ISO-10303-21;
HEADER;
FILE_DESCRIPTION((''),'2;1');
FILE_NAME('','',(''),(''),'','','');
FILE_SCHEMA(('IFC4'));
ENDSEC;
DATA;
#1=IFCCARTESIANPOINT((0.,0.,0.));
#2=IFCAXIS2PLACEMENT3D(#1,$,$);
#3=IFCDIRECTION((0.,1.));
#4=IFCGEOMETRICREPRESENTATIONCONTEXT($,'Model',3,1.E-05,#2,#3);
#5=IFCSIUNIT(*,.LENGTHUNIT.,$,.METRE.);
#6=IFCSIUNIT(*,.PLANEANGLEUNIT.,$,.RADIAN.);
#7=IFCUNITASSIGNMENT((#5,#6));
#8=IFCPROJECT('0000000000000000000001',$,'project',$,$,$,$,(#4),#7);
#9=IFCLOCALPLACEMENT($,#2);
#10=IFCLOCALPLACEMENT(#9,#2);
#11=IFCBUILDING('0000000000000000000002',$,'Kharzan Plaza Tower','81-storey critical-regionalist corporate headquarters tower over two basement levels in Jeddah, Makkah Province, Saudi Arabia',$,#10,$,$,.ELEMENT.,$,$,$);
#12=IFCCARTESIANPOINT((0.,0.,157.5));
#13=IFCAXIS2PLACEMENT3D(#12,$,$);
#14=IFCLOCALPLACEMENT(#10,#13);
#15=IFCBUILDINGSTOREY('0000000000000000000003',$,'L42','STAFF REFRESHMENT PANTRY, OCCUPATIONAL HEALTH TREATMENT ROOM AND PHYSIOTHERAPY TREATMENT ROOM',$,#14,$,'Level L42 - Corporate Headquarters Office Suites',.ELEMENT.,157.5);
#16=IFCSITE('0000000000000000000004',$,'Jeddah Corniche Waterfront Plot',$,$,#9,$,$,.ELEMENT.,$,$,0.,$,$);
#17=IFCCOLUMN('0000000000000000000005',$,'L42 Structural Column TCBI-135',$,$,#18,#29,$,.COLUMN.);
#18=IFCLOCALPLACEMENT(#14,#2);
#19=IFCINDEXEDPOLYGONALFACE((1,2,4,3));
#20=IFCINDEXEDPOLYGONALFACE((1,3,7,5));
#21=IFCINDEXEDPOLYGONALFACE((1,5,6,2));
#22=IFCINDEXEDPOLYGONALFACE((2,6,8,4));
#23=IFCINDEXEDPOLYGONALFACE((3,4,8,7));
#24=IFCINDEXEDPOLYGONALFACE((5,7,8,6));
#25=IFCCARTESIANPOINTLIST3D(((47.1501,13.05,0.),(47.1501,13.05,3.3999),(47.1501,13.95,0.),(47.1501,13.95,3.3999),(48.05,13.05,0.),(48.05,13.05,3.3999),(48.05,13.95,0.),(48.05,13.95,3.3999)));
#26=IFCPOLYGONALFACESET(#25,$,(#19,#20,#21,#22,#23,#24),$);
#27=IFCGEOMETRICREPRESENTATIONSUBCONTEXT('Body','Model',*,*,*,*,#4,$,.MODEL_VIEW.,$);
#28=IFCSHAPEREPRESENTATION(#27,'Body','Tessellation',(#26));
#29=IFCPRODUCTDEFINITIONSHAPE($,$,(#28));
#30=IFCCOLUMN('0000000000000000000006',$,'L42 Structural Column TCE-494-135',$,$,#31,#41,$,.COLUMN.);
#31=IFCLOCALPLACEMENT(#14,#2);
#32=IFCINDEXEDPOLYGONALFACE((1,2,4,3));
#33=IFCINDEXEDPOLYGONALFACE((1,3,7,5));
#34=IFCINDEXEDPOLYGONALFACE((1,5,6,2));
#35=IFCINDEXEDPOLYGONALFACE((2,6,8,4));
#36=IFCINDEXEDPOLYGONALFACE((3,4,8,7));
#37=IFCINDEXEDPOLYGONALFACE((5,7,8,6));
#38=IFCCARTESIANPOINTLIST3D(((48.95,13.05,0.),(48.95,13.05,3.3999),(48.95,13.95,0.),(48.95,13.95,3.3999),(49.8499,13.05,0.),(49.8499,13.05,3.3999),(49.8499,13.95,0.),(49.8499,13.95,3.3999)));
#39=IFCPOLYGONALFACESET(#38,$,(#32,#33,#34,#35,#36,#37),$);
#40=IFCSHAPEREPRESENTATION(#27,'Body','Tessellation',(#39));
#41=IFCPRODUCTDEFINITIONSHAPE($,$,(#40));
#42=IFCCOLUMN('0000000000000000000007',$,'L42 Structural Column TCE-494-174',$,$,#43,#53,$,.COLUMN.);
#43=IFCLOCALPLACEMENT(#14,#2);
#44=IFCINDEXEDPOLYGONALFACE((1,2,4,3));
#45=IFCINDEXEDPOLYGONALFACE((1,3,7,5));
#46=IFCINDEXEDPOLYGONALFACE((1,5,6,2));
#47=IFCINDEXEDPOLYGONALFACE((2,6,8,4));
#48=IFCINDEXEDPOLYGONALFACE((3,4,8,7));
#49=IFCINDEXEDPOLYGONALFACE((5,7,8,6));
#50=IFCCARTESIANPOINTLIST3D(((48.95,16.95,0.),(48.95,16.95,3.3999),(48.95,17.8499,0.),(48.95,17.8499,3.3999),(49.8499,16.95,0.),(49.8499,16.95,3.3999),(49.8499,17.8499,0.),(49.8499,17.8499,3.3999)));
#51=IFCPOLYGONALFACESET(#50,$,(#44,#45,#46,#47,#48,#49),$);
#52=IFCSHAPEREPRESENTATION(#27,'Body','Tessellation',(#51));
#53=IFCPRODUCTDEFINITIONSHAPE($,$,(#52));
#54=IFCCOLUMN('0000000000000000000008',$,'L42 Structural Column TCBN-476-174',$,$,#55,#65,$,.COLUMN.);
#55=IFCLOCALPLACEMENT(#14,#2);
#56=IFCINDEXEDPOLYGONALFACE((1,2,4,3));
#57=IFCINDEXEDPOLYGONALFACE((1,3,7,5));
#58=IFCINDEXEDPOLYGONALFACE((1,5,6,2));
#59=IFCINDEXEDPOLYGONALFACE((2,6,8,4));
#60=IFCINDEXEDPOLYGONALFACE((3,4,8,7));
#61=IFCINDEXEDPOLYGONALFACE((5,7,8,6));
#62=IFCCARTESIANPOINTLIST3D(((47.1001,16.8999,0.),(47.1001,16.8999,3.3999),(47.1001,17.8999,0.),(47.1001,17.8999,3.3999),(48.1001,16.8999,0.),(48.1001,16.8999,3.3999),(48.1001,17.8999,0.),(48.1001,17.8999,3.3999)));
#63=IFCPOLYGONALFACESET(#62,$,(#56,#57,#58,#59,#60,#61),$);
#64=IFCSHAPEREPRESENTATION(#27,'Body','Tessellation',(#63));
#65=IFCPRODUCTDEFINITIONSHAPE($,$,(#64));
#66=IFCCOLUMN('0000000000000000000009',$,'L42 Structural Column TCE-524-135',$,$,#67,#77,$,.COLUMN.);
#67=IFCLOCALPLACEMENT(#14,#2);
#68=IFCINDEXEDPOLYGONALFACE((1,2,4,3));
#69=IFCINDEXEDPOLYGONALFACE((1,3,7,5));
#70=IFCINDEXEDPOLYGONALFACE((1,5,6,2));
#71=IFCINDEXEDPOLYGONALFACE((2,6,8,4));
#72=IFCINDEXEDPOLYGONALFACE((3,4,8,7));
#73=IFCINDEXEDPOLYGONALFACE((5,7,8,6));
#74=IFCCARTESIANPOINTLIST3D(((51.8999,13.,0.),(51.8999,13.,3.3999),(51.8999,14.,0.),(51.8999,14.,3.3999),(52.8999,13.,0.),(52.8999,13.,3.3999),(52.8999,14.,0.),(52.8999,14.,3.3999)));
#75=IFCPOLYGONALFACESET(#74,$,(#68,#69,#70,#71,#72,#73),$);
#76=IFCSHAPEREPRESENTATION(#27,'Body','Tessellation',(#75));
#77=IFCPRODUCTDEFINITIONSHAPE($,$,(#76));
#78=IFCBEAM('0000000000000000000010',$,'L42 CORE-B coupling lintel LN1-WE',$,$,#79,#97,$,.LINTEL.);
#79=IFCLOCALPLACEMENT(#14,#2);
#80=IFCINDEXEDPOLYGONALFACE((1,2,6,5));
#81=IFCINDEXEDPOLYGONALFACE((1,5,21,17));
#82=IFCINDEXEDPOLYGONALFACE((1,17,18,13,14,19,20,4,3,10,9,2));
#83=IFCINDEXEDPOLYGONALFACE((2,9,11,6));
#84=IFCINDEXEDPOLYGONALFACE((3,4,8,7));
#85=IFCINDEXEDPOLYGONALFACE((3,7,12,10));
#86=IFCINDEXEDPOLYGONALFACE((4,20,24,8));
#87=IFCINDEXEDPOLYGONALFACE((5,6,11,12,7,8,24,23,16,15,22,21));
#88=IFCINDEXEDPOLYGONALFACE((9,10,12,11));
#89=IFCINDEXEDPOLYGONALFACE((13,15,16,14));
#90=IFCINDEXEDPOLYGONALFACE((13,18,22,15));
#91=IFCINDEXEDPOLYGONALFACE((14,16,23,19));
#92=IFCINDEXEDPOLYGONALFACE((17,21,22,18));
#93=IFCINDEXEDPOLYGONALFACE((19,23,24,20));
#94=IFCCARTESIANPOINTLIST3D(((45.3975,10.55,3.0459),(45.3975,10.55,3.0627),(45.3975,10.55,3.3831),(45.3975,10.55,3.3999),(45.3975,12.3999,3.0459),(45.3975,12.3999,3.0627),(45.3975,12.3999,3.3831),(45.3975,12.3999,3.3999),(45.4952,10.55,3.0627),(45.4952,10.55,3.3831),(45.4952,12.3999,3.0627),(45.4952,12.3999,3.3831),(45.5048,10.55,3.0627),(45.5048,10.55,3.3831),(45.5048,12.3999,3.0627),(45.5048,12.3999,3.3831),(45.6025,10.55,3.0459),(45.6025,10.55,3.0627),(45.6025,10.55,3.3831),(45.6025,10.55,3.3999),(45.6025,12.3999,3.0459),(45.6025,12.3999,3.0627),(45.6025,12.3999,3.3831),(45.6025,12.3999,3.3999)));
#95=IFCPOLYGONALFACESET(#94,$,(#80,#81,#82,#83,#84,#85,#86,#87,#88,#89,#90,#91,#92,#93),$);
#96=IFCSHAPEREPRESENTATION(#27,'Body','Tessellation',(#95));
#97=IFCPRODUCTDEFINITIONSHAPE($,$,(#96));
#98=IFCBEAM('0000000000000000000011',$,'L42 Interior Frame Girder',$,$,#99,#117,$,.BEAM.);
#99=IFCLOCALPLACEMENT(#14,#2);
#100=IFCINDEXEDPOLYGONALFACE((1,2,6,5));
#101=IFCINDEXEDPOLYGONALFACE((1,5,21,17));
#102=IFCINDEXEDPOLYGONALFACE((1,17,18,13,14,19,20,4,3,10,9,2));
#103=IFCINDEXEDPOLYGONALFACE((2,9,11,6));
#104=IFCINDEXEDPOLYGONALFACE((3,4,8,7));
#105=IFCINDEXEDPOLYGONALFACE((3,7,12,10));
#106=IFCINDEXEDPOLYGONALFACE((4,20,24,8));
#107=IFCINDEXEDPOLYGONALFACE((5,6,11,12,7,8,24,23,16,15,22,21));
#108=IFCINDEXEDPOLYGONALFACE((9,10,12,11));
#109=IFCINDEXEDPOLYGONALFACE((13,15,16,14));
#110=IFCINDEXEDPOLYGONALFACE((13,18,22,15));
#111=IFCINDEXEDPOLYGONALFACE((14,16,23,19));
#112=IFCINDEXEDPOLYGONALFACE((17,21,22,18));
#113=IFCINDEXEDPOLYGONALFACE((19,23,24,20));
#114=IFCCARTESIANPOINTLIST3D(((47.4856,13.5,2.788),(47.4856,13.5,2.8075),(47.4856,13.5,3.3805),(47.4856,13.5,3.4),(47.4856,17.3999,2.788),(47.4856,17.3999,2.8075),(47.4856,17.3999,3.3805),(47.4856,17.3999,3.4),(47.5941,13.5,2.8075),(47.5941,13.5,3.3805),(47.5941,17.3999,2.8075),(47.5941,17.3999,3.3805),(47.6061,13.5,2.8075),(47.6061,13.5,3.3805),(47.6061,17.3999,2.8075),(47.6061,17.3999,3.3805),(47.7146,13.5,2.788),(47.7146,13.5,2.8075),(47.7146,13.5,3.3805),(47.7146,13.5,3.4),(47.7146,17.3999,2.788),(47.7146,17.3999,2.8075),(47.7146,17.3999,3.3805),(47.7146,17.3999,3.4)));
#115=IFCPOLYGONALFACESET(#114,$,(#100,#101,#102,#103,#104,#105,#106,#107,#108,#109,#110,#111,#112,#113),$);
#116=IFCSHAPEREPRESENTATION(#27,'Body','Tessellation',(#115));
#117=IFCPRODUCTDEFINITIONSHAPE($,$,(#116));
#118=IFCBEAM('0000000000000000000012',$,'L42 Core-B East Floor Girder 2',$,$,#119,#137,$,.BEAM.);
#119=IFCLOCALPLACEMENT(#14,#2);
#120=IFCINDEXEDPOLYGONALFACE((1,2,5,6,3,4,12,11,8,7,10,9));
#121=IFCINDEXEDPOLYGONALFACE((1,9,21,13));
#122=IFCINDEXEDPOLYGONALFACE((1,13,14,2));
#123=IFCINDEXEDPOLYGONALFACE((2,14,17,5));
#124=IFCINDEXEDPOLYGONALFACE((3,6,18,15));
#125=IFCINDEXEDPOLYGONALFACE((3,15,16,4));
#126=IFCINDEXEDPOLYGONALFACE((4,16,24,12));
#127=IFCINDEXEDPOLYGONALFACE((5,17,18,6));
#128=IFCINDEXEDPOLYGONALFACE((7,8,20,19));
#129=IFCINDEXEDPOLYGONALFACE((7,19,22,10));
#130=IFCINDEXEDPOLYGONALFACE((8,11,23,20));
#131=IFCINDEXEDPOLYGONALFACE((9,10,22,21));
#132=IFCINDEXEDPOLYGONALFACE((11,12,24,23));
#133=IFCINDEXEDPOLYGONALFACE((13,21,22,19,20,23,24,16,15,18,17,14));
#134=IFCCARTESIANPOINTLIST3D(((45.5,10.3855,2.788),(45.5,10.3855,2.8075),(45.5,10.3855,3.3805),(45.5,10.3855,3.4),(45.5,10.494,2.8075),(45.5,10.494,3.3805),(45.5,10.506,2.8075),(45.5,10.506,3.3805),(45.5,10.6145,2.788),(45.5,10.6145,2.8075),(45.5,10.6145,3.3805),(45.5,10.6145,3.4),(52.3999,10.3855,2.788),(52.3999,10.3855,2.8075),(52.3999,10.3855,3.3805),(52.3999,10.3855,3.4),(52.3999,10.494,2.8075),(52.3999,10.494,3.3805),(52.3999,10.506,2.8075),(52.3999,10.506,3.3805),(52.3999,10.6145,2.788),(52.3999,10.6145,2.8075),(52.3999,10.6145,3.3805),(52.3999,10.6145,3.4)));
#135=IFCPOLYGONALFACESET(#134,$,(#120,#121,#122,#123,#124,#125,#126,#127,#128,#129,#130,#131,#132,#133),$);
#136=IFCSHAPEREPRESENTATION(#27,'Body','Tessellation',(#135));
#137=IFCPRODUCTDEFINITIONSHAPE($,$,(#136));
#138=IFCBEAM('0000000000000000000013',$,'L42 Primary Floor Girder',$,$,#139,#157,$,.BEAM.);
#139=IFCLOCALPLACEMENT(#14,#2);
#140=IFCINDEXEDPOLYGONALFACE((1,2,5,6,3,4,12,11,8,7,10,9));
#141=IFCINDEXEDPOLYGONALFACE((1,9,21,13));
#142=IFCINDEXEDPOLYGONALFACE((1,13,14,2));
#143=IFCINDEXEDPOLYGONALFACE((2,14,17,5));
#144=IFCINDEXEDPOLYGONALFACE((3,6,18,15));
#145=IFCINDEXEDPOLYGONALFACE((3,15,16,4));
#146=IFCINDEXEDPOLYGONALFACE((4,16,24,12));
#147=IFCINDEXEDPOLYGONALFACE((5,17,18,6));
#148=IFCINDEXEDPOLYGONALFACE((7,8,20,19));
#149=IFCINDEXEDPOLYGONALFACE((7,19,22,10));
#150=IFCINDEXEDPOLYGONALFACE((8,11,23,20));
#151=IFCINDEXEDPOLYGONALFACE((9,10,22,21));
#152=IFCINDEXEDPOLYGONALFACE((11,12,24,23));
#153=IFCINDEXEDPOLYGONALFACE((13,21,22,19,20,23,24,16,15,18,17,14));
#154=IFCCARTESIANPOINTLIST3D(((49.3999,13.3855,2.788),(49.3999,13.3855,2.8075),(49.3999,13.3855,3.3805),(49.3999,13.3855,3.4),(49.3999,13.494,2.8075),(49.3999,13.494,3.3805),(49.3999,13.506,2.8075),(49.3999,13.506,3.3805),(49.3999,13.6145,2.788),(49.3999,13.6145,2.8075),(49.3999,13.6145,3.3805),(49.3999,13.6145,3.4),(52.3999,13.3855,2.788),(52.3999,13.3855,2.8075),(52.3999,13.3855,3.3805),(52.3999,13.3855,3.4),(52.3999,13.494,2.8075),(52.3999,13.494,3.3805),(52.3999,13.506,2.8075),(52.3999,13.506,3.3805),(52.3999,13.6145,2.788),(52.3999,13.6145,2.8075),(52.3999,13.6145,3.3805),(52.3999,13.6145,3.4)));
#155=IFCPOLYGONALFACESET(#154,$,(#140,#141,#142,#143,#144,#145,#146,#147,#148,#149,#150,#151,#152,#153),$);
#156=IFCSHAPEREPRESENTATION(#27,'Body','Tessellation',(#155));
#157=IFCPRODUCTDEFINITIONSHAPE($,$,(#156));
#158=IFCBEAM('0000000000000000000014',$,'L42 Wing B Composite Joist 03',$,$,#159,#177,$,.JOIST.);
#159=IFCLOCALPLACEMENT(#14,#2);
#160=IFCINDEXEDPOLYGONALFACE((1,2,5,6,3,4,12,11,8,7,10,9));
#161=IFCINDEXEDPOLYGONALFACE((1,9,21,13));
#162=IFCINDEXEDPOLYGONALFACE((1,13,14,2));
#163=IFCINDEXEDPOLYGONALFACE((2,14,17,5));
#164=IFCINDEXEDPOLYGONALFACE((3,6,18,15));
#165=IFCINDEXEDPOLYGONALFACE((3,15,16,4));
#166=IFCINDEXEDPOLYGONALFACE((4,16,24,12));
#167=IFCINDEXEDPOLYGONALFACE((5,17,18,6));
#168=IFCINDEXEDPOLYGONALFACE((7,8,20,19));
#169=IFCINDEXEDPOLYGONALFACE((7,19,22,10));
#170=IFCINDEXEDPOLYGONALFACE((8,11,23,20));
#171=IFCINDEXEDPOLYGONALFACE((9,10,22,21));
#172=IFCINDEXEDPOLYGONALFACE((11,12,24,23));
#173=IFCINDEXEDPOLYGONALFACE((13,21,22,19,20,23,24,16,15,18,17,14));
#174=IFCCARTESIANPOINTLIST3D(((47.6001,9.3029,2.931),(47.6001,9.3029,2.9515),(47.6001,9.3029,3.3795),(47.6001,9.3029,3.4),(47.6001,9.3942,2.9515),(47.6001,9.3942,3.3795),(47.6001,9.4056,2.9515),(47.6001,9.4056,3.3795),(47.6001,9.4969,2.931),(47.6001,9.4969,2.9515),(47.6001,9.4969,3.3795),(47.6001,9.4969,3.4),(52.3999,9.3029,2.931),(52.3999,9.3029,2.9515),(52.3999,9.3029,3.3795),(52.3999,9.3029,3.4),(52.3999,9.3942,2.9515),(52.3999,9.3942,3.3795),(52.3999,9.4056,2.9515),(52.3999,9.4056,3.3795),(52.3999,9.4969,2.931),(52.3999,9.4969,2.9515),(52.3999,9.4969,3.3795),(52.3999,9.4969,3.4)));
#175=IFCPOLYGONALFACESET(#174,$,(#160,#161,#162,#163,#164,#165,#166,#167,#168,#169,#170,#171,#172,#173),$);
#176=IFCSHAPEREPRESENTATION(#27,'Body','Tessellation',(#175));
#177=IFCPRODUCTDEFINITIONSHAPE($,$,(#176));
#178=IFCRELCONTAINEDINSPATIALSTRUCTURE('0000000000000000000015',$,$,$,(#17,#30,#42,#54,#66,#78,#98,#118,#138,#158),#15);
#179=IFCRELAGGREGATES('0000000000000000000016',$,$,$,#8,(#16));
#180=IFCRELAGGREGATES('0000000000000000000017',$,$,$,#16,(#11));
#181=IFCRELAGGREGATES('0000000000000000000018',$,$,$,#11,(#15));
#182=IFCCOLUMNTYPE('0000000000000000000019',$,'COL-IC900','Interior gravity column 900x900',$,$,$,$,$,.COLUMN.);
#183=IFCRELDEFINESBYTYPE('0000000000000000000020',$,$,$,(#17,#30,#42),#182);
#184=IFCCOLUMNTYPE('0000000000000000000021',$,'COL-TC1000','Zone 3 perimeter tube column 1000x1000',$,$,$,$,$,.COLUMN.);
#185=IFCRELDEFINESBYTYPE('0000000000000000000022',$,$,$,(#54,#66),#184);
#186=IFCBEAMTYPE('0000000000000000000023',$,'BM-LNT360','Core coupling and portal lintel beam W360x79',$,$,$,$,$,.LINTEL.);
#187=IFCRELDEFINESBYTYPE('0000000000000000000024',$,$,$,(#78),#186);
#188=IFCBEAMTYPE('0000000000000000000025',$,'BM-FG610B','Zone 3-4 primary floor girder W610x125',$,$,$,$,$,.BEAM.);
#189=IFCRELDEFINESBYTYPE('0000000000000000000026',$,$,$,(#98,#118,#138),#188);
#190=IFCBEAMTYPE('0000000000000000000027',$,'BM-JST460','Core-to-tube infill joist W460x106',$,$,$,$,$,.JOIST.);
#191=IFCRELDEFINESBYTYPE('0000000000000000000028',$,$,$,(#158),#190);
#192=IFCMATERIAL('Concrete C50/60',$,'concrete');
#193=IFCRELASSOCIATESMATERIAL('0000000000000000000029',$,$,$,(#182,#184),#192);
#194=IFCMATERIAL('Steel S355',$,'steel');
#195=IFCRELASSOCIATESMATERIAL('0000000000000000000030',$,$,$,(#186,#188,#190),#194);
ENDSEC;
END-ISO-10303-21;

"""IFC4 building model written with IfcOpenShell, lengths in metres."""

from ifc_helpers import new_model, si_unit, direction, frame, origin, origin_2d, place, context, subcontext, project, spatial, rectangle, i_section, extrude, source, transform, mapped, material, material_profile, profile_set, type_object, element, save


model = new_model("IFC4")

# Units and contexts
model_context = context("Model", 3, precision=1e-05, world=origin(), true_north=direction((0.0, 1.0)))
body_context = subcontext(model_context, "Body", "Model", "MODEL_VIEW")
ifc_project = project(units=[si_unit("LENGTHUNIT", "METRE"), si_unit("PLANEANGLEUNIT", "RADIAN")], contexts=[model_context])

# Site, building, storey
site_placement = place(None, origin())
site = spatial("IfcSite", under=ifc_project, at=site_placement, Name="Jeddah Corniche Waterfront Plot", CompositionType="ELEMENT", RefElevation=0.0)
building_placement = place(site_placement, origin())
building = spatial("IfcBuilding", under=site, at=building_placement, Name="Kharzan Plaza Tower", Description="81-storey critical-regionalist corporate headquarters tower over two basement levels in Jeddah, Makkah Province, Saudi Arabia", CompositionType="ELEMENT")
storey_placement = place(building_placement, frame((0.0, 0.0, 157.5)))
storey = spatial("IfcBuildingStorey", under=building, at=storey_placement, Name="L42", Description="STAFF REFRESHMENT PANTRY, OCCUPATIONAL HEALTH TREATMENT ROOM AND PHYSIOTHERAPY TREATMENT ROOM", LongName="Level L42 - Corporate Headquarters Office Suites", CompositionType="ELEMENT", Elevation=157.5)

# Columns
ifc_material_1 = material(Name="Concrete C50/60", Category="concrete")
ifc_material_profile_1 = material_profile(ifc_material_1, rectangle(XDim=0.8999, YDim=0.8999, at=origin_2d()), Name="RC-IC900x900")
ifc_profile_set_1 = profile_set([ifc_material_profile_1], Name="Concrete C50/60")
column_type_1 = type_object("IfcColumnType", Name="COL-IC900", Description="Interior gravity column 900x900", PredefinedType="COLUMN", material=ifc_profile_set_1)
shared_shape_1 = source(origin(), body_context, "Body", "SweptSolid", [
    extrude(rectangle(XDim=0.8999, YDim=0.8999, at=origin_2d()), origin(), (0.0, 0.0, 1.0), 3.3999),
])
for number, where, z_axis, x_axis, name in (
    (1, (47.6001, 13.5, 0.0), (0.0, 0.0, 1.0), (1.0, 0.0, 0.0), "L42 Structural Column TCBI-135"),
    (2, (49.3999, 13.5, 0.0), (0.0, 0.0, 1.0), (1.0, 0.0, 0.0), "L42 Structural Column TCE-494-135"),
    (3, (49.3999, 17.3999, 0.0), (0.0, 0.0, 1.0), (1.0, 0.0, 0.0), "L42 Structural Column TCE-494-174"),
):
    element("IfcColumn", number, at=place(storey_placement, frame(where, z_axis=z_axis, x_axis=x_axis)), inside=storey, type_object=column_type_1, Name=name, PredefinedType="COLUMN", context=body_context, shape_type="MappedRepresentation", body=[
        mapped(shared_shape_1, transform((0.0, 0.0, 0.0), x_axis=(1.0, 0.0, 0.0), y_axis=(0.0, 1.0, 0.0), z_axis=(0.0, 0.0, 1.0))),
    ])
ifc_material_profile_2 = material_profile(ifc_material_1, rectangle(XDim=1.0, YDim=1.0, at=origin_2d()), Name="RC-TC1000x1000")
ifc_profile_set_2 = profile_set([ifc_material_profile_2], Name="Concrete C50/60")
column_type_2 = type_object("IfcColumnType", Name="COL-TC1000", Description="Zone 3 perimeter tube column 1000x1000", PredefinedType="COLUMN", material=ifc_profile_set_2)
shared_shape_2 = source(origin(), body_context, "Body", "SweptSolid", [
    extrude(rectangle(XDim=1.0, YDim=1.0, at=origin_2d()), origin(), (0.0, 0.0, 1.0), 3.3999),
])
for number, where, z_axis, x_axis, name in (
    (4, (47.6001, 17.3999, 0.0), (0.0, 0.0, 1.0), (1.0, 0.0, 0.0), "L42 Structural Column TCBN-476-174"),
    (5, (52.3999, 13.5, 0.0), (0.0, 0.0, 1.0), (1.0, 0.0, 0.0), "L42 Structural Column TCE-524-135"),
):
    element("IfcColumn", number, at=place(storey_placement, frame(where, z_axis=z_axis, x_axis=x_axis)), inside=storey, type_object=column_type_2, Name=name, PredefinedType="COLUMN", context=body_context, shape_type="MappedRepresentation", body=[
        mapped(shared_shape_2, transform((0.0, 0.0, 0.0), x_axis=(1.0, 0.0, 0.0), y_axis=(0.0, 1.0, 0.0), z_axis=(0.0, 0.0, 1.0))),
    ])

# Beams
ifc_material_2 = material(Name="Steel S355", Category="steel")
ifc_material_profile_3 = material_profile(ifc_material_2, i_section(OverallWidth=0.2051, OverallDepth=0.354, WebThickness=0.0095, FlangeThickness=0.0168, at=origin_2d()), Name="W360x79")
ifc_profile_set_3 = profile_set([ifc_material_profile_3], Name="Steel S355")
beam_type_1 = type_object("IfcBeamType", Name="BM-LNT360", Description="Core coupling and portal lintel beam W360x79", PredefinedType="LINTEL", material=ifc_profile_set_3)
shared_shape_3 = source(origin(), body_context, "Body", "SweptSolid", [
    extrude(i_section(OverallWidth=0.2051, OverallDepth=0.354, WebThickness=0.0095, FlangeThickness=0.0168, at=origin_2d()), origin(), (0.0, 0.0, 1.0), 1.8499),
])
beam_1_placement = place(storey_placement, frame((45.5, 10.55, 3.2229), z_axis=(0.0, 1.0, 0.0), x_axis=(-1.0, 0.0, 0.0)))
element("IfcBeam", 6, at=beam_1_placement, inside=storey, type_object=beam_type_1, Name="L42 CORE-B coupling lintel LN1-WE", PredefinedType="LINTEL", context=body_context, shape_type="MappedRepresentation", body=[
    mapped(shared_shape_3, transform((0.0, 0.0, 0.0), x_axis=(1.0, 0.0, 0.0), y_axis=(0.0, 1.0, 0.0), z_axis=(0.0, 0.0, 1.0))),
])
ifc_material_profile_4 = material_profile(ifc_material_2, i_section(OverallWidth=0.229, OverallDepth=0.6121, WebThickness=0.012, FlangeThickness=0.0195, at=origin_2d()), Name="W610x125")
ifc_profile_set_4 = profile_set([ifc_material_profile_4], Name="Steel S355")
beam_type_2 = type_object("IfcBeamType", Name="BM-FG610B", Description="Zone 3-4 primary floor girder W610x125", PredefinedType="BEAM", material=ifc_profile_set_4)
shared_shape_4 = source(origin(), body_context, "Body", "SweptSolid", [
    extrude(i_section(OverallWidth=0.229, OverallDepth=0.6121, WebThickness=0.012, FlangeThickness=0.0195, at=origin_2d()), origin(), (0.0, 0.0, 1.0), 3.8999),
])
beam_2_placement = place(storey_placement, frame((47.6001, 13.5, 3.094), z_axis=(0.0, 1.0, 0.0), x_axis=(-1.0, 0.0, 0.0)))
element("IfcBeam", 7, at=beam_2_placement, inside=storey, type_object=beam_type_2, Name="L42 Interior Frame Girder", PredefinedType="BEAM", context=body_context, shape_type="MappedRepresentation", body=[
    mapped(shared_shape_4, transform((0.0, 0.0, 0.0), x_axis=(1.0, 0.0, 0.0), y_axis=(0.0, 1.0, 0.0), z_axis=(0.0, 0.0, 1.0))),
])
shared_shape_5 = source(origin(), body_context, "Body", "SweptSolid", [
    extrude(i_section(OverallWidth=0.229, OverallDepth=0.6121, WebThickness=0.012, FlangeThickness=0.0195, at=origin_2d()), origin(), (0.0, 0.0, 1.0), 6.8999),
])
beam_3_placement = place(storey_placement, frame((45.5, 10.5, 3.094), z_axis=(1.0, 0.0, 0.0), x_axis=(0.0, 1.0, 0.0)))
element("IfcBeam", 8, at=beam_3_placement, inside=storey, type_object=beam_type_2, Name="L42 Core-B East Floor Girder 2", PredefinedType="BEAM", context=body_context, shape_type="MappedRepresentation", body=[
    mapped(shared_shape_5, transform((0.0, 0.0, 0.0), x_axis=(1.0, 0.0, 0.0), y_axis=(0.0, 1.0, 0.0), z_axis=(0.0, 0.0, 1.0))),
])
shared_shape_6 = source(origin(), body_context, "Body", "SweptSolid", [
    extrude(i_section(OverallWidth=0.229, OverallDepth=0.6121, WebThickness=0.012, FlangeThickness=0.0195, at=origin_2d()), origin(), (0.0, 0.0, 1.0), 3.0),
])
beam_4_placement = place(storey_placement, frame((49.3999, 13.5, 3.094), z_axis=(1.0, 0.0, 0.0), x_axis=(0.0, 1.0, 0.0)))
element("IfcBeam", 9, at=beam_4_placement, inside=storey, type_object=beam_type_2, Name="L42 Primary Floor Girder", PredefinedType="BEAM", context=body_context, shape_type="MappedRepresentation", body=[
    mapped(shared_shape_6, transform((0.0, 0.0, 0.0), x_axis=(1.0, 0.0, 0.0), y_axis=(0.0, 1.0, 0.0), z_axis=(0.0, 0.0, 1.0))),
])
ifc_material_profile_5 = material_profile(ifc_material_2, i_section(OverallWidth=0.1941, OverallDepth=0.469, WebThickness=0.0115, FlangeThickness=0.0205, at=origin_2d()), Name="W460x106")
ifc_profile_set_5 = profile_set([ifc_material_profile_5], Name="Steel S355")
beam_type_3 = type_object("IfcBeamType", Name="BM-JST460", Description="Core-to-tube infill joist W460x106", PredefinedType="JOIST", material=ifc_profile_set_5)
shared_shape_7 = source(origin(), body_context, "Body", "SweptSolid", [
    extrude(i_section(OverallWidth=0.1941, OverallDepth=0.469, WebThickness=0.0115, FlangeThickness=0.0205, at=origin_2d()), origin(), (0.0, 0.0, 1.0), 4.7998),
])
for number, where, z_axis, x_axis, name in (
    (10, (47.6001, 9.3999, 3.1655), (1.0, 0.0, 0.0), (0.0, 1.0, 0.0), "L42 Wing B Composite Joist 03"),
):
    element("IfcBeam", number, at=place(storey_placement, frame(where, z_axis=z_axis, x_axis=x_axis)), inside=storey, type_object=beam_type_3, Name=name, PredefinedType="JOIST", context=body_context, shape_type="MappedRepresentation", body=[
        mapped(shared_shape_7, transform((0.0, 0.0, 0.0), x_axis=(1.0, 0.0, 0.0), y_axis=(0.0, 1.0, 0.0), z_axis=(0.0, 0.0, 1.0))),
    ])

save(model, "model.ifc")
